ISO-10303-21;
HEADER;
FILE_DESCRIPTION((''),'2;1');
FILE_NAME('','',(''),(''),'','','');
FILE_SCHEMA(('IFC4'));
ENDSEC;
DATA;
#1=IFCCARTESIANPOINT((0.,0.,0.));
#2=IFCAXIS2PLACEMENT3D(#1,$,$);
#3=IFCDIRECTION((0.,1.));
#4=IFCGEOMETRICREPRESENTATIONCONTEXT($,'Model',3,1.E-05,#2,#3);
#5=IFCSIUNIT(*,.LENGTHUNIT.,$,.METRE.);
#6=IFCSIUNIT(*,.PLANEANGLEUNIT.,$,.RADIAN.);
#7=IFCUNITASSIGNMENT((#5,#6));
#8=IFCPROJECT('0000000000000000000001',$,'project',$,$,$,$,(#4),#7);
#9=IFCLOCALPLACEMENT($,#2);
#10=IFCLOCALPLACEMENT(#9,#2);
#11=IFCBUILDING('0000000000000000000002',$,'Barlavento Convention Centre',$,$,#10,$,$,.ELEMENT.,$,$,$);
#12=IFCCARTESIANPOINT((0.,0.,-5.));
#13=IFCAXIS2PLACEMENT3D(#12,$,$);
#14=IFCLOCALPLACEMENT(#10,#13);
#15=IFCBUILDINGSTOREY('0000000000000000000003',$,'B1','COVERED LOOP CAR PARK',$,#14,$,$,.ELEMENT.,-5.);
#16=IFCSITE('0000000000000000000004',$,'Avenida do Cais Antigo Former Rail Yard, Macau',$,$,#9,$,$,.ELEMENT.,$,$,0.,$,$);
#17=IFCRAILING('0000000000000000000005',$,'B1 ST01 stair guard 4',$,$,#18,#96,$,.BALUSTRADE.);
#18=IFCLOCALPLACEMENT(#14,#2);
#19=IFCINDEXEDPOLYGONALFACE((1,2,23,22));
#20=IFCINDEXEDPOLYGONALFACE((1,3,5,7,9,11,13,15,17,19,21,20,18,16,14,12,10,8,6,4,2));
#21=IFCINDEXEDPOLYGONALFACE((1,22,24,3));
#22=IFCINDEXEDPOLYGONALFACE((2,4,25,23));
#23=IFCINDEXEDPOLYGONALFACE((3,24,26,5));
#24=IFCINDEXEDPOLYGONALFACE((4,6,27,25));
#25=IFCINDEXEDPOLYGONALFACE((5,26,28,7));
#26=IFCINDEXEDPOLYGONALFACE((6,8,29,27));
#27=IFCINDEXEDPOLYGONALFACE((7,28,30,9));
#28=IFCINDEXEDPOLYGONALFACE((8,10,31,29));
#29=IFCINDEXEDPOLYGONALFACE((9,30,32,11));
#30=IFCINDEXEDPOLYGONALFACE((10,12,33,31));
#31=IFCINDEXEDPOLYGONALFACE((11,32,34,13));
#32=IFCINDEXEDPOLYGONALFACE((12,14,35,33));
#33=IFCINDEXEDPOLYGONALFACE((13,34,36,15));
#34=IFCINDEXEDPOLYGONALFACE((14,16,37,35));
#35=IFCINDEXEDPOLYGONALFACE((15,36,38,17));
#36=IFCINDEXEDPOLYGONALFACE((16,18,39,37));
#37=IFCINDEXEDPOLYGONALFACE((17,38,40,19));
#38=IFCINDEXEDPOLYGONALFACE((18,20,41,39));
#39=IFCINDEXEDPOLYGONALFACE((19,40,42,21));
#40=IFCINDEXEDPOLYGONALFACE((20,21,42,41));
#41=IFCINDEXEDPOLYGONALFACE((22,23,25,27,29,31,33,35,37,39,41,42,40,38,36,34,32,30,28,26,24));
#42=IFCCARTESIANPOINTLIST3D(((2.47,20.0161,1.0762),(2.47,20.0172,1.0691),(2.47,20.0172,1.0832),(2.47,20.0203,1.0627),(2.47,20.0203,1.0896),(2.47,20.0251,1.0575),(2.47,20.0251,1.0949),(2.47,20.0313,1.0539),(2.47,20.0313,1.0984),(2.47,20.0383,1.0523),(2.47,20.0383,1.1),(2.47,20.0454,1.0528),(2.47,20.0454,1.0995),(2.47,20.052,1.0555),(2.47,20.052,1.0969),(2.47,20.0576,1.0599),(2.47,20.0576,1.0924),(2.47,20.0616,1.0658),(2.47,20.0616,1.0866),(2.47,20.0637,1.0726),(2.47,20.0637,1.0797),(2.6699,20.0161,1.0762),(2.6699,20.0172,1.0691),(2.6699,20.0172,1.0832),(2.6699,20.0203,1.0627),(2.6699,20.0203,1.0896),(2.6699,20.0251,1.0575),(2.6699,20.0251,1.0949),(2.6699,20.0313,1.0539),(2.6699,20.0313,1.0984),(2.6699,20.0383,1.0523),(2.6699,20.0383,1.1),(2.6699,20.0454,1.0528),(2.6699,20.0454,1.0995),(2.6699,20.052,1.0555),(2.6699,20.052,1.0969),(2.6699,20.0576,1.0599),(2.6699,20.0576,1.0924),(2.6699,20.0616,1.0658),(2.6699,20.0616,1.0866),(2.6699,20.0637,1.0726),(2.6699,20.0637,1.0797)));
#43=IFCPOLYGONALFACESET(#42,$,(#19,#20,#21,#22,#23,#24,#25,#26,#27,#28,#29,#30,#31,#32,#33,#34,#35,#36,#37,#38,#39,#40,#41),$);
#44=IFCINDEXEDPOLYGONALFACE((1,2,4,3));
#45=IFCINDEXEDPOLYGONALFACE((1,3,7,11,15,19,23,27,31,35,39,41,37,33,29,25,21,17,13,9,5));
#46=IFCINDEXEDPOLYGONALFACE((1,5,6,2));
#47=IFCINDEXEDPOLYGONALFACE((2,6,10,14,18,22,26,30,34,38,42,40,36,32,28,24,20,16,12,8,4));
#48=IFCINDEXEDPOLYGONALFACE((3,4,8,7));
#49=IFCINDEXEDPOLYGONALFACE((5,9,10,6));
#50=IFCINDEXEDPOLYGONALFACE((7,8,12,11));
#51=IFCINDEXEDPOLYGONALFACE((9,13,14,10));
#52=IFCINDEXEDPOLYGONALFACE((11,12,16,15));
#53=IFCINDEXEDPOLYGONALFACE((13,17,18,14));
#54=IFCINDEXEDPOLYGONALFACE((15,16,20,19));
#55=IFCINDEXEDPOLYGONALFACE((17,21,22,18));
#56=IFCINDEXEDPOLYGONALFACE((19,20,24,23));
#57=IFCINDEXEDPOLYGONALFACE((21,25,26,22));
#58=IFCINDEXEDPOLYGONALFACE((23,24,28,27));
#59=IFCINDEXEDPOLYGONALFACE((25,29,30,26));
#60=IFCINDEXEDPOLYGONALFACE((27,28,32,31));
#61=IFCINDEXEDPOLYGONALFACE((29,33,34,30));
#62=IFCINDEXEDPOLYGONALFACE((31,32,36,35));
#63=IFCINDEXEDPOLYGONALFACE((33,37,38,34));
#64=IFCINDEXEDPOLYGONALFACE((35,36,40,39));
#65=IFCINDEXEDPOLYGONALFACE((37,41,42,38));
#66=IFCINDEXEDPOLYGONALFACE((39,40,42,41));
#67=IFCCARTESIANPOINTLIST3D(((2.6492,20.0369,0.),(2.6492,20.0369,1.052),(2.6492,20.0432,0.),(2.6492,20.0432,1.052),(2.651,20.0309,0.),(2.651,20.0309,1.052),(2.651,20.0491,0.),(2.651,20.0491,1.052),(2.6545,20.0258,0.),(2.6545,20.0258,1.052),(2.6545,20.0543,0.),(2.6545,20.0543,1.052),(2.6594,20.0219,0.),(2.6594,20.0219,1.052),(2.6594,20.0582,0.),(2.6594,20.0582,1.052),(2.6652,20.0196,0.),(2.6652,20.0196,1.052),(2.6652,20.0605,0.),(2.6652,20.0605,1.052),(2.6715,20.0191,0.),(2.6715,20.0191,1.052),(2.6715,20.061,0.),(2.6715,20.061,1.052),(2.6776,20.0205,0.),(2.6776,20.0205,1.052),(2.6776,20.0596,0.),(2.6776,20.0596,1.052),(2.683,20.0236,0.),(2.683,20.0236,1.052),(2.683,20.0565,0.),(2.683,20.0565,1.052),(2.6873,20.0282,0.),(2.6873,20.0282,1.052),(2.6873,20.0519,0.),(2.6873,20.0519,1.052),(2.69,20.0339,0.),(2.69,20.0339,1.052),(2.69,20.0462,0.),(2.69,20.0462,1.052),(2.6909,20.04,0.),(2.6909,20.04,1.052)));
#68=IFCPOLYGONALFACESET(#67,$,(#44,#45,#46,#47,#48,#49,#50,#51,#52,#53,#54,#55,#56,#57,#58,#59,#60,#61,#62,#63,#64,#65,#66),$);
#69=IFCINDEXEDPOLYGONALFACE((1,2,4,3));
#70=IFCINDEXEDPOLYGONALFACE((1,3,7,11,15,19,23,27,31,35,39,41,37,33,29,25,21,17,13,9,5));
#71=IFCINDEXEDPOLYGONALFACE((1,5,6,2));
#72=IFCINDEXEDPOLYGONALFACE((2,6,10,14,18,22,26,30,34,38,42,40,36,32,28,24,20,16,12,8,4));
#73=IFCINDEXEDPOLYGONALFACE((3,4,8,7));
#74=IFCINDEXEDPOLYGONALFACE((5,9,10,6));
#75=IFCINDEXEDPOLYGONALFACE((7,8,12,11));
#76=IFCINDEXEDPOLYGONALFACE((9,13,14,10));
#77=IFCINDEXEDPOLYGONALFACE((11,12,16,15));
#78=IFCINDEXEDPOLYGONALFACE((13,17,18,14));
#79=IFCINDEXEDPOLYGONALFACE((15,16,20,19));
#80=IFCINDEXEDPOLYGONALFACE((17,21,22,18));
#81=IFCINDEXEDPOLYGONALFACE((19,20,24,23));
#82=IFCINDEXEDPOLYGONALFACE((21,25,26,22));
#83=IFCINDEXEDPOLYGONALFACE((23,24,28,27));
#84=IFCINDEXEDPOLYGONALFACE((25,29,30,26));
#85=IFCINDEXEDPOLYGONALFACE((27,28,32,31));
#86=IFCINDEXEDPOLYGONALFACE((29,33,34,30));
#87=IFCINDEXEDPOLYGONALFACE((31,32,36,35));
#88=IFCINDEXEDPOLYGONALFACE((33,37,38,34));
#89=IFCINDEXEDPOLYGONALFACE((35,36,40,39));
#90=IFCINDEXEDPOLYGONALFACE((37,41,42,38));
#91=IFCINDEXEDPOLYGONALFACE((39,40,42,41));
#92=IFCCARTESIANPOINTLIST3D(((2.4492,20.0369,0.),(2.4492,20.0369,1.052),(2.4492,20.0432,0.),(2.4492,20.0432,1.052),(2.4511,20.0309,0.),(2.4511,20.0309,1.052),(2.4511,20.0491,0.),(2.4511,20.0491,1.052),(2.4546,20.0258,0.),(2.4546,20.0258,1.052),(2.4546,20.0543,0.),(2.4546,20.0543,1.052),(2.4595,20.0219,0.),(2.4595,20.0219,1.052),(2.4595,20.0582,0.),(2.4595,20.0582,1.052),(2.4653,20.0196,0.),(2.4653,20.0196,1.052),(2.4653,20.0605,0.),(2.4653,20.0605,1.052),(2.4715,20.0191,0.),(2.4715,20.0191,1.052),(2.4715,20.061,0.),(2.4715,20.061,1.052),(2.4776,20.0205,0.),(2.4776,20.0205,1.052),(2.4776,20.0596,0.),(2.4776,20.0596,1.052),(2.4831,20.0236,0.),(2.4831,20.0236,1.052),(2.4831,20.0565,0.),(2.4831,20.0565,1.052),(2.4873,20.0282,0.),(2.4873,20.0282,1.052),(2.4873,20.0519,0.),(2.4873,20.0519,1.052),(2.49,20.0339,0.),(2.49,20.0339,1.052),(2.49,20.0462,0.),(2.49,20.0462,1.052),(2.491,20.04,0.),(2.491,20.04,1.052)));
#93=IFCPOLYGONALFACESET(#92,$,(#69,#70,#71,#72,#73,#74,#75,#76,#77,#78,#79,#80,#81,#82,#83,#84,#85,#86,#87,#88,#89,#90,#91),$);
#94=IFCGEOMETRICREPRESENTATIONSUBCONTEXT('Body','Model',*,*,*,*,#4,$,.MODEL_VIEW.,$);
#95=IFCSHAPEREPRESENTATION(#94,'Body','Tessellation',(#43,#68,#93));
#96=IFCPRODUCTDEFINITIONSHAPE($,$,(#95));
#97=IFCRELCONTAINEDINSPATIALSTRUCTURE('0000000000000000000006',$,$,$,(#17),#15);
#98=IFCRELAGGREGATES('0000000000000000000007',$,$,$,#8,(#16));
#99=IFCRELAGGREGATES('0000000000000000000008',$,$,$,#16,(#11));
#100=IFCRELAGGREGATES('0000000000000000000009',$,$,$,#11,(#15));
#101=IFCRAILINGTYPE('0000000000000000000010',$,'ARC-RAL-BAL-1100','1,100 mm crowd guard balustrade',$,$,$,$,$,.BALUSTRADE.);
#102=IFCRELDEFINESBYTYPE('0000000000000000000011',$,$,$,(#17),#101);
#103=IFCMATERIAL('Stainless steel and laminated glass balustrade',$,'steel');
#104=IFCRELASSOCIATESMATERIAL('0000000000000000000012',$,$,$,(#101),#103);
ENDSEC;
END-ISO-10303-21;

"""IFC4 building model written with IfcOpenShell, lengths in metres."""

from ifc_helpers import new_model, si_unit, direction, frame, origin, origin_2d, place, context, subcontext, project, spatial, circle, extrude, material, type_object, element, save


model = new_model("IFC4")

# Units and contexts
model_context = context("Model", 3, precision=1e-05, world=origin(), true_north=direction((0.0, 1.0)))
body_context = subcontext(model_context, "Body", "Model", "MODEL_VIEW")
ifc_project = project(units=[si_unit("LENGTHUNIT", "METRE"), si_unit("PLANEANGLEUNIT", "RADIAN")], contexts=[model_context])

# Site, building, storey
site_placement = place(None, origin())
site = spatial("IfcSite", under=ifc_project, at=site_placement, Name="Avenida do Cais Antigo Former Rail Yard, Macau", CompositionType="ELEMENT", RefElevation=0.0)
building_placement = place(site_placement, origin())
building = spatial("IfcBuilding", under=site, at=building_placement, Name="Barlavento Convention Centre", CompositionType="ELEMENT")
storey_placement = place(building_placement, frame((0.0, 0.0, -5.0)))
storey = spatial("IfcBuildingStorey", under=building, at=storey_placement, Name="B1", Description="COVERED LOOP CAR PARK", CompositionType="ELEMENT", Elevation=-5.0)

# Railing
ifc_material_1 = material(Name="Stainless steel and laminated glass balustrade", Category="steel")
railing_type_1 = type_object("IfcRailingType", Name="ARC-RAL-BAL-1100", Description="1,100 mm crowd guard balustrade", PredefinedType="BALUSTRADE", material=ifc_material_1)
railing_1_placement = place(storey_placement, frame((2.6699, 20.04, 0.0)))
element("IfcRailing", 1, at=railing_1_placement, inside=storey, type_object=railing_type_1, Name="B1 ST01 stair guard 4", PredefinedType="BALUSTRADE", context=body_context, shape_type="SweptSolid", body=[
    extrude(circle(Radius=0.0239, at=origin_2d()), frame((0.0, 0.0, 1.0762), z_axis=(-1.0, 0.0, 0.0), x_axis=(0.0, -1.0, 0.0)), (0.0, 0.0, 1.0), 0.2),
    extrude(circle(Radius=0.021, at=origin_2d()), origin(), (0.0, 0.0, 1.0), 1.052),
    extrude(circle(Radius=0.021, at=origin_2d()), frame((-0.2, 0.0, 0.0)), (0.0, 0.0, 1.0), 1.052),
])

save(model, "model.ifc")
